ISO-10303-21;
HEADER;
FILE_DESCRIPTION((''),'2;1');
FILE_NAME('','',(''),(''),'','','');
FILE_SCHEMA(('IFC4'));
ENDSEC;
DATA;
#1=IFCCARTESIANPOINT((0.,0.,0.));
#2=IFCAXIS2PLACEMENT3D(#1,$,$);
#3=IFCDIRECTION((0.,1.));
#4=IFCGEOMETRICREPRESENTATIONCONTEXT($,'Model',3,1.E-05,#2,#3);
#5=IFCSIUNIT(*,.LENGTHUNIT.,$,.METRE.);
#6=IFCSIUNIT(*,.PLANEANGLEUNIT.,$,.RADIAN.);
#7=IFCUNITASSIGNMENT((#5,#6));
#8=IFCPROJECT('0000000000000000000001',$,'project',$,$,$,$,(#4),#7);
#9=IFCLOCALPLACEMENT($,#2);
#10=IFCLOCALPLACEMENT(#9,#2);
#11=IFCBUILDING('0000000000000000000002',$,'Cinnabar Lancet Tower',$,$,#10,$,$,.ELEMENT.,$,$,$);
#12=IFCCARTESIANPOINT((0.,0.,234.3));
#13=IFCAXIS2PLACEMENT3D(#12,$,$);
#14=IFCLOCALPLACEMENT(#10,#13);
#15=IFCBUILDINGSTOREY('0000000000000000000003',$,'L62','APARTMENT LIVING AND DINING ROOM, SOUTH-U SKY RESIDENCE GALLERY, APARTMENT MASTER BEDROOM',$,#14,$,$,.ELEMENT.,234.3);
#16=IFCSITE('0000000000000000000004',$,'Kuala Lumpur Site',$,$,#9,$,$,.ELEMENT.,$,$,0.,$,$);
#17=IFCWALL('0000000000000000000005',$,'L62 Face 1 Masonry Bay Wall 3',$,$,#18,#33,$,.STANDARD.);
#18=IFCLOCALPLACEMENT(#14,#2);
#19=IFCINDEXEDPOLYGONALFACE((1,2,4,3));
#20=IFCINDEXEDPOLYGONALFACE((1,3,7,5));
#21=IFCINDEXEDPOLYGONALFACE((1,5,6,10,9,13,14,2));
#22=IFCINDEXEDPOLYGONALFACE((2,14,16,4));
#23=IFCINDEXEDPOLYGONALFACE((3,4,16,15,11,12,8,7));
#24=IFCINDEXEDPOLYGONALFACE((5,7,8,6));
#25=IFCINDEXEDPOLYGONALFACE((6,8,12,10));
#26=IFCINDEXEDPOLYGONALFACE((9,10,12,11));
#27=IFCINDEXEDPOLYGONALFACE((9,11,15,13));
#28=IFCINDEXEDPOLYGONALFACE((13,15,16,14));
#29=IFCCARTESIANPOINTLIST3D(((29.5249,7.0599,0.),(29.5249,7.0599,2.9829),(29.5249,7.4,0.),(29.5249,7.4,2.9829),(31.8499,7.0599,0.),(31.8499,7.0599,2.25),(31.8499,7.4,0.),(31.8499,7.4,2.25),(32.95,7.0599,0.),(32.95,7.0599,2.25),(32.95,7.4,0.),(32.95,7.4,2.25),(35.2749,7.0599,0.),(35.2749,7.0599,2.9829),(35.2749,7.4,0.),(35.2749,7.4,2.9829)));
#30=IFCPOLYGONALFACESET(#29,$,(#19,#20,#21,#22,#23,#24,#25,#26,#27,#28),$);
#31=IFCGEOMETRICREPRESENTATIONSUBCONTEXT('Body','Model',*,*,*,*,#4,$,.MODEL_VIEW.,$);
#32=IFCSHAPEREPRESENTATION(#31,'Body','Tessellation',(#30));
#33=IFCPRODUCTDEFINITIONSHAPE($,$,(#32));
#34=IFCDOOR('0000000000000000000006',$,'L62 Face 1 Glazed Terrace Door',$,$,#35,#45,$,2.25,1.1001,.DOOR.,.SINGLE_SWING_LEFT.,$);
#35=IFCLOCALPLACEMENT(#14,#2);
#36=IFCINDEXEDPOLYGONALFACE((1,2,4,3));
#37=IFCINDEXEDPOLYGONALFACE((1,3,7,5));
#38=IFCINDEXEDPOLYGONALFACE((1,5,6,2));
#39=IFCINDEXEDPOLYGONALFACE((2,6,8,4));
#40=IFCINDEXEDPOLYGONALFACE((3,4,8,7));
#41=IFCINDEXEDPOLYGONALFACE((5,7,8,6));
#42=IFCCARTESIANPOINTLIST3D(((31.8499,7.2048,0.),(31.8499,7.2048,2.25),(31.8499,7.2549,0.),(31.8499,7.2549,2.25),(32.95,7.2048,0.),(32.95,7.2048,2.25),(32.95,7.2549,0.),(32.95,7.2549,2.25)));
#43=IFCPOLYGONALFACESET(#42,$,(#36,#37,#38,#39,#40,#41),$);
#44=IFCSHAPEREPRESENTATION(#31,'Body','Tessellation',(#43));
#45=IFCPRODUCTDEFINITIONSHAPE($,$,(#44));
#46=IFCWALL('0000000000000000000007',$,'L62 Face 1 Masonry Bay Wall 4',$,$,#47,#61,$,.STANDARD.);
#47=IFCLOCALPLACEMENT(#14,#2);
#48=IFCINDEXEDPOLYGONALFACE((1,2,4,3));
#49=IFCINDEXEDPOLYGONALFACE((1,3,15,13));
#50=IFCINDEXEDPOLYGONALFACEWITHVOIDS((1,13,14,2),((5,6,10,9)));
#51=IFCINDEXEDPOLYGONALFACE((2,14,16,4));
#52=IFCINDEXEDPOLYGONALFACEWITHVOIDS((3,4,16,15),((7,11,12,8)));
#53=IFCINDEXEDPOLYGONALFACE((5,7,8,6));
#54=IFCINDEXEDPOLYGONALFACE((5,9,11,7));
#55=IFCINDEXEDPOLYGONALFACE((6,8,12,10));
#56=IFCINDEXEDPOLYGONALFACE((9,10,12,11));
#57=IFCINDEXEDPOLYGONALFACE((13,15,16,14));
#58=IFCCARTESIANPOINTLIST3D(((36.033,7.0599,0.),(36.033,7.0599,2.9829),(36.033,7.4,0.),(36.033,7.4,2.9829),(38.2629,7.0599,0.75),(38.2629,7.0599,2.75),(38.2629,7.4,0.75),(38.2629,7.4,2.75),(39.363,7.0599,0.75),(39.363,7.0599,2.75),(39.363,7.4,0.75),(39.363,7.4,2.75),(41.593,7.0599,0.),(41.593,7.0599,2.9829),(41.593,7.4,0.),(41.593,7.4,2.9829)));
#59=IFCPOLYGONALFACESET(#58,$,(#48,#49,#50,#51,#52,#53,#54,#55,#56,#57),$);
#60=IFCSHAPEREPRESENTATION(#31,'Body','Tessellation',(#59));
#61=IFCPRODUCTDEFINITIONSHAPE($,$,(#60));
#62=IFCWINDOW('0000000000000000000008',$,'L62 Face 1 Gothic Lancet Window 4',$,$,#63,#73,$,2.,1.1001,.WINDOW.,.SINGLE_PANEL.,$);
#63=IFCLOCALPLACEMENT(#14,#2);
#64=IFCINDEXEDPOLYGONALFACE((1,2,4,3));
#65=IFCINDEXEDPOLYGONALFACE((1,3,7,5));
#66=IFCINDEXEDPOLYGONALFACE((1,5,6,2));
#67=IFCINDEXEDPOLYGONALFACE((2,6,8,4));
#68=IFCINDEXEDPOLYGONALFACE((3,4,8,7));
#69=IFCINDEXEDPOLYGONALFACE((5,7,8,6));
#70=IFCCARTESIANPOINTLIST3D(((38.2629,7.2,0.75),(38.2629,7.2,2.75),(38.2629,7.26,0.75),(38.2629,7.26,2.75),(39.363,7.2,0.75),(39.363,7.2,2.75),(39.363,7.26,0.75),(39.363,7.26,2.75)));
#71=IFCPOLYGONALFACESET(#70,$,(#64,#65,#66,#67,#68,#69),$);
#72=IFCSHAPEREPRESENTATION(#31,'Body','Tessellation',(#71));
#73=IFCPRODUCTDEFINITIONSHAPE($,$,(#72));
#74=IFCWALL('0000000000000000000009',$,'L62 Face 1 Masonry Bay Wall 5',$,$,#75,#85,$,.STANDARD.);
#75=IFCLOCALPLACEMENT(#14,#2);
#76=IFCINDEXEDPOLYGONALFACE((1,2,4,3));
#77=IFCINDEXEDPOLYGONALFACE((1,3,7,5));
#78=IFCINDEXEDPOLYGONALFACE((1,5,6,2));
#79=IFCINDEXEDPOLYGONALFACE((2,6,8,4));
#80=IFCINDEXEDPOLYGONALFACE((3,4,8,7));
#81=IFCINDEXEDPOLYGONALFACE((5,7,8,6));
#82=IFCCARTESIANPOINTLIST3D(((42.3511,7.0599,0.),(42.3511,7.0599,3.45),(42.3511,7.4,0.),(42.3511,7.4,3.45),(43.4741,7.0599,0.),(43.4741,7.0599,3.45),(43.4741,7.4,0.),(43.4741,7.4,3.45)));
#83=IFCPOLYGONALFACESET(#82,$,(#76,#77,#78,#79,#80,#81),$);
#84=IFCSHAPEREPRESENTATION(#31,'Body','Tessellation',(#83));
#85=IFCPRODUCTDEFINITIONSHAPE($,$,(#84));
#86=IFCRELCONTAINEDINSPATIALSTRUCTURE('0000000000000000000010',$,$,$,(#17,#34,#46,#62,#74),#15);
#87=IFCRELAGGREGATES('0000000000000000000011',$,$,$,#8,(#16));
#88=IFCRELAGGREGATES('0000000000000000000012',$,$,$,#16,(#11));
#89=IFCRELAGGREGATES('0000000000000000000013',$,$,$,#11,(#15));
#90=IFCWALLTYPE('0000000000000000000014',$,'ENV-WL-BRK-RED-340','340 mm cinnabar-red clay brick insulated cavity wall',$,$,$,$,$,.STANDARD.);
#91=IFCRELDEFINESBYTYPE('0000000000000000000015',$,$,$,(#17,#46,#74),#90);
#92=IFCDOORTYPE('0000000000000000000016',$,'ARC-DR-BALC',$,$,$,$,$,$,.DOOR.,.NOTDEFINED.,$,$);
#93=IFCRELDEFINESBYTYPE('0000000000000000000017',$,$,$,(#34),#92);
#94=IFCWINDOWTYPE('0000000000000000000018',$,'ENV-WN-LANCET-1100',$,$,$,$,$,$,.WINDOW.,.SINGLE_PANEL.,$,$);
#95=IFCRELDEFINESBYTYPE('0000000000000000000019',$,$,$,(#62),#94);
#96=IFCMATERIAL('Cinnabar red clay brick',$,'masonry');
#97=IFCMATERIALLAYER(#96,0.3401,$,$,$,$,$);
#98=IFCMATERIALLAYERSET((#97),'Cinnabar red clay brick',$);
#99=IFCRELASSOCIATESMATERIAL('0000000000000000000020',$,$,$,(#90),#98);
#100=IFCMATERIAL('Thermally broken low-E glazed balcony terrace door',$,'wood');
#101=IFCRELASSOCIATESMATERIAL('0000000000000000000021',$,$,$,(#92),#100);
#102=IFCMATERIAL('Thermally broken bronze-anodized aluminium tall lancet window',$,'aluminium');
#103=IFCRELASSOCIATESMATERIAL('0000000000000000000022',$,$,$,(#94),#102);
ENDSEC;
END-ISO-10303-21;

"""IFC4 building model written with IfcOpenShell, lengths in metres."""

from ifc_helpers import new_model, si_unit, direction, frame, frame_2d, origin, place, context, subcontext, project, spatial, rectangle, extrude, material, layer, layer_set, type_object, element, fill, save


model = new_model("IFC4")

# Units and contexts
model_context = context("Model", 3, precision=1e-05, world=origin(), true_north=direction((0.0, 1.0)))
body_context = subcontext(model_context, "Body", "Model", "MODEL_VIEW")
ifc_project = project(units=[si_unit("LENGTHUNIT", "METRE"), si_unit("PLANEANGLEUNIT", "RADIAN")], contexts=[model_context])

# Site, building, storey
site_placement = place(None, origin())
site = spatial("IfcSite", under=ifc_project, at=site_placement, Name="Kuala Lumpur Site", CompositionType="ELEMENT", RefElevation=0.0)
building_placement = place(site_placement, origin())
building = spatial("IfcBuilding", under=site, at=building_placement, Name="Cinnabar Lancet Tower", CompositionType="ELEMENT")
storey_placement = place(building_placement, frame((0.0, 0.0, 234.3)))
storey = spatial("IfcBuildingStorey", under=building, at=storey_placement, Name="L62", Description="APARTMENT LIVING AND DINING ROOM, SOUTH-U SKY RESIDENCE GALLERY, APARTMENT MASTER BEDROOM", CompositionType="ELEMENT", Elevation=234.3)

# Shared definitions
ifc_material_1 = material(Name="Cinnabar red clay brick", Category="masonry")
ifc_layer_1 = layer(ifc_material_1, 0.3401)
ifc_layer_set_1 = layer_set([ifc_layer_1], Name="Cinnabar red clay brick")
wall_type_1 = type_object("IfcWallType", Name="ENV-WL-BRK-RED-340", Description="340 mm cinnabar-red clay brick insulated cavity wall", PredefinedType="STANDARD", material=ifc_layer_set_1)

# Wall, opening, door
wall_1_placement = place(storey_placement, frame((29.5249, 7.23, 0.0), z_axis=(0.0, 0.0, 1.0), x_axis=(1.0, 0.0, 0.0)))
wall_1 = element("IfcWall", 1, at=wall_1_placement, inside=storey, type_object=wall_type_1, Name="L62 Face 1 Masonry Bay Wall 3", PredefinedType="STANDARD", context=body_context, shape_type="SweptSolid", body=[
    extrude(rectangle(XDim=5.75, YDim=0.3401, at=frame_2d((2.875, 0.0))), origin(), (0.0, 0.0, 1.0), 2.9829),
])
opening_1_placement = place(wall_1_placement, frame((2.325, 0.0, 0.0)))
opening_1 = element("IfcOpeningElement", 2, at=opening_1_placement, cuts=wall_1, PredefinedType="OPENING", context=body_context, shape_type="SweptSolid", body=[
    extrude(rectangle(XDim=1.1001, YDim=2.25, at=frame_2d((0.55, 1.125))), frame((0.0, 0.1799, 0.0), z_axis=(0.0, -1.0, 0.0), x_axis=(1.0, 0.0, 0.0)), (0.0, 0.0, 1.0), 0.3601),
])
ifc_material_2 = material(Name="Thermally broken low-E glazed balcony terrace door", Category="wood")
door_type_1 = type_object("IfcDoorType", Name="ARC-DR-BALC", OperationType="NOTDEFINED", PredefinedType="DOOR", material=ifc_material_2)
door_1_placement = place(opening_1_placement, origin())
door_1 = element("IfcDoor", 3, at=door_1_placement, inside=storey, type_object=door_type_1, Name="L62 Face 1 Glazed Terrace Door", OperationType="SINGLE_SWING_LEFT", OverallHeight=2.25, OverallWidth=1.1001, PredefinedType="DOOR", context=body_context, shape_type="SweptSolid", body=[
    extrude(rectangle(XDim=1.1001, YDim=2.25, at=frame_2d((0.55, 1.125))), frame((0.0, 0.0249, 0.0), z_axis=(0.0, -1.0, 0.0), x_axis=(1.0, 0.0, 0.0)), (0.0, 0.0, 1.0), 0.05),
])
fill(opening_1, door_1)

# Wall, opening, window
wall_2_placement = place(storey_placement, frame((36.033, 7.23, 0.0), z_axis=(0.0, 0.0, 1.0), x_axis=(1.0, 0.0, 0.0)))
wall_2 = element("IfcWall", 4, at=wall_2_placement, inside=storey, type_object=wall_type_1, Name="L62 Face 1 Masonry Bay Wall 4", PredefinedType="STANDARD", context=body_context, shape_type="SweptSolid", body=[
    extrude(rectangle(XDim=5.5601, YDim=0.3401, at=frame_2d((2.78, 0.0))), origin(), (0.0, 0.0, 1.0), 2.9829),
])
opening_2_placement = place(wall_2_placement, frame((2.23, 0.0, 0.75)))
opening_2 = element("IfcOpeningElement", 5, at=opening_2_placement, cuts=wall_2, PredefinedType="OPENING", context=body_context, shape_type="SweptSolid", body=[
    extrude(rectangle(XDim=1.1001, YDim=2.0, at=frame_2d((0.55, 1.0))), frame((0.0, 0.1799, 0.0), z_axis=(0.0, -1.0, 0.0), x_axis=(1.0, 0.0, 0.0)), (0.0, 0.0, 1.0), 0.3601),
])
ifc_material_3 = material(Name="Thermally broken bronze-anodized aluminium tall lancet window", Category="aluminium")
window_type = type_object("IfcWindowType", Name="ENV-WN-LANCET-1100", PartitioningType="SINGLE_PANEL", PredefinedType="WINDOW", material=ifc_material_3)
window_placement = place(opening_2_placement, origin())
window = element("IfcWindow", 6, at=window_placement, inside=storey, type_object=window_type, Name="L62 Face 1 Gothic Lancet Window 4", OverallHeight=2.0, OverallWidth=1.1001, PartitioningType="SINGLE_PANEL", PredefinedType="WINDOW", context=body_context, shape_type="SweptSolid", body=[
    extrude(rectangle(XDim=1.1001, YDim=2.0, at=frame_2d((0.55, 1.0))), frame((0.0, 0.03, 0.0), z_axis=(0.0, -1.0, 0.0), x_axis=(1.0, 0.0, 0.0)), (0.0, 0.0, 1.0), 0.0601),
])
fill(opening_2, window)

# Wall
wall_3_placement = place(storey_placement, frame((42.3511, 7.23, 0.0), z_axis=(0.0, 0.0, 1.0), x_axis=(1.0, 0.0, 0.0)))
element("IfcWall", 7, at=wall_3_placement, inside=storey, type_object=wall_type_1, Name="L62 Face 1 Masonry Bay Wall 5", PredefinedType="STANDARD", context=body_context, shape_type="SweptSolid", body=[
    extrude(rectangle(XDim=1.123, YDim=0.3401, at=frame_2d((0.5615, 0.0))), origin(), (0.0, 0.0, 1.0), 3.45),
])

save(model, "model.ifc")
